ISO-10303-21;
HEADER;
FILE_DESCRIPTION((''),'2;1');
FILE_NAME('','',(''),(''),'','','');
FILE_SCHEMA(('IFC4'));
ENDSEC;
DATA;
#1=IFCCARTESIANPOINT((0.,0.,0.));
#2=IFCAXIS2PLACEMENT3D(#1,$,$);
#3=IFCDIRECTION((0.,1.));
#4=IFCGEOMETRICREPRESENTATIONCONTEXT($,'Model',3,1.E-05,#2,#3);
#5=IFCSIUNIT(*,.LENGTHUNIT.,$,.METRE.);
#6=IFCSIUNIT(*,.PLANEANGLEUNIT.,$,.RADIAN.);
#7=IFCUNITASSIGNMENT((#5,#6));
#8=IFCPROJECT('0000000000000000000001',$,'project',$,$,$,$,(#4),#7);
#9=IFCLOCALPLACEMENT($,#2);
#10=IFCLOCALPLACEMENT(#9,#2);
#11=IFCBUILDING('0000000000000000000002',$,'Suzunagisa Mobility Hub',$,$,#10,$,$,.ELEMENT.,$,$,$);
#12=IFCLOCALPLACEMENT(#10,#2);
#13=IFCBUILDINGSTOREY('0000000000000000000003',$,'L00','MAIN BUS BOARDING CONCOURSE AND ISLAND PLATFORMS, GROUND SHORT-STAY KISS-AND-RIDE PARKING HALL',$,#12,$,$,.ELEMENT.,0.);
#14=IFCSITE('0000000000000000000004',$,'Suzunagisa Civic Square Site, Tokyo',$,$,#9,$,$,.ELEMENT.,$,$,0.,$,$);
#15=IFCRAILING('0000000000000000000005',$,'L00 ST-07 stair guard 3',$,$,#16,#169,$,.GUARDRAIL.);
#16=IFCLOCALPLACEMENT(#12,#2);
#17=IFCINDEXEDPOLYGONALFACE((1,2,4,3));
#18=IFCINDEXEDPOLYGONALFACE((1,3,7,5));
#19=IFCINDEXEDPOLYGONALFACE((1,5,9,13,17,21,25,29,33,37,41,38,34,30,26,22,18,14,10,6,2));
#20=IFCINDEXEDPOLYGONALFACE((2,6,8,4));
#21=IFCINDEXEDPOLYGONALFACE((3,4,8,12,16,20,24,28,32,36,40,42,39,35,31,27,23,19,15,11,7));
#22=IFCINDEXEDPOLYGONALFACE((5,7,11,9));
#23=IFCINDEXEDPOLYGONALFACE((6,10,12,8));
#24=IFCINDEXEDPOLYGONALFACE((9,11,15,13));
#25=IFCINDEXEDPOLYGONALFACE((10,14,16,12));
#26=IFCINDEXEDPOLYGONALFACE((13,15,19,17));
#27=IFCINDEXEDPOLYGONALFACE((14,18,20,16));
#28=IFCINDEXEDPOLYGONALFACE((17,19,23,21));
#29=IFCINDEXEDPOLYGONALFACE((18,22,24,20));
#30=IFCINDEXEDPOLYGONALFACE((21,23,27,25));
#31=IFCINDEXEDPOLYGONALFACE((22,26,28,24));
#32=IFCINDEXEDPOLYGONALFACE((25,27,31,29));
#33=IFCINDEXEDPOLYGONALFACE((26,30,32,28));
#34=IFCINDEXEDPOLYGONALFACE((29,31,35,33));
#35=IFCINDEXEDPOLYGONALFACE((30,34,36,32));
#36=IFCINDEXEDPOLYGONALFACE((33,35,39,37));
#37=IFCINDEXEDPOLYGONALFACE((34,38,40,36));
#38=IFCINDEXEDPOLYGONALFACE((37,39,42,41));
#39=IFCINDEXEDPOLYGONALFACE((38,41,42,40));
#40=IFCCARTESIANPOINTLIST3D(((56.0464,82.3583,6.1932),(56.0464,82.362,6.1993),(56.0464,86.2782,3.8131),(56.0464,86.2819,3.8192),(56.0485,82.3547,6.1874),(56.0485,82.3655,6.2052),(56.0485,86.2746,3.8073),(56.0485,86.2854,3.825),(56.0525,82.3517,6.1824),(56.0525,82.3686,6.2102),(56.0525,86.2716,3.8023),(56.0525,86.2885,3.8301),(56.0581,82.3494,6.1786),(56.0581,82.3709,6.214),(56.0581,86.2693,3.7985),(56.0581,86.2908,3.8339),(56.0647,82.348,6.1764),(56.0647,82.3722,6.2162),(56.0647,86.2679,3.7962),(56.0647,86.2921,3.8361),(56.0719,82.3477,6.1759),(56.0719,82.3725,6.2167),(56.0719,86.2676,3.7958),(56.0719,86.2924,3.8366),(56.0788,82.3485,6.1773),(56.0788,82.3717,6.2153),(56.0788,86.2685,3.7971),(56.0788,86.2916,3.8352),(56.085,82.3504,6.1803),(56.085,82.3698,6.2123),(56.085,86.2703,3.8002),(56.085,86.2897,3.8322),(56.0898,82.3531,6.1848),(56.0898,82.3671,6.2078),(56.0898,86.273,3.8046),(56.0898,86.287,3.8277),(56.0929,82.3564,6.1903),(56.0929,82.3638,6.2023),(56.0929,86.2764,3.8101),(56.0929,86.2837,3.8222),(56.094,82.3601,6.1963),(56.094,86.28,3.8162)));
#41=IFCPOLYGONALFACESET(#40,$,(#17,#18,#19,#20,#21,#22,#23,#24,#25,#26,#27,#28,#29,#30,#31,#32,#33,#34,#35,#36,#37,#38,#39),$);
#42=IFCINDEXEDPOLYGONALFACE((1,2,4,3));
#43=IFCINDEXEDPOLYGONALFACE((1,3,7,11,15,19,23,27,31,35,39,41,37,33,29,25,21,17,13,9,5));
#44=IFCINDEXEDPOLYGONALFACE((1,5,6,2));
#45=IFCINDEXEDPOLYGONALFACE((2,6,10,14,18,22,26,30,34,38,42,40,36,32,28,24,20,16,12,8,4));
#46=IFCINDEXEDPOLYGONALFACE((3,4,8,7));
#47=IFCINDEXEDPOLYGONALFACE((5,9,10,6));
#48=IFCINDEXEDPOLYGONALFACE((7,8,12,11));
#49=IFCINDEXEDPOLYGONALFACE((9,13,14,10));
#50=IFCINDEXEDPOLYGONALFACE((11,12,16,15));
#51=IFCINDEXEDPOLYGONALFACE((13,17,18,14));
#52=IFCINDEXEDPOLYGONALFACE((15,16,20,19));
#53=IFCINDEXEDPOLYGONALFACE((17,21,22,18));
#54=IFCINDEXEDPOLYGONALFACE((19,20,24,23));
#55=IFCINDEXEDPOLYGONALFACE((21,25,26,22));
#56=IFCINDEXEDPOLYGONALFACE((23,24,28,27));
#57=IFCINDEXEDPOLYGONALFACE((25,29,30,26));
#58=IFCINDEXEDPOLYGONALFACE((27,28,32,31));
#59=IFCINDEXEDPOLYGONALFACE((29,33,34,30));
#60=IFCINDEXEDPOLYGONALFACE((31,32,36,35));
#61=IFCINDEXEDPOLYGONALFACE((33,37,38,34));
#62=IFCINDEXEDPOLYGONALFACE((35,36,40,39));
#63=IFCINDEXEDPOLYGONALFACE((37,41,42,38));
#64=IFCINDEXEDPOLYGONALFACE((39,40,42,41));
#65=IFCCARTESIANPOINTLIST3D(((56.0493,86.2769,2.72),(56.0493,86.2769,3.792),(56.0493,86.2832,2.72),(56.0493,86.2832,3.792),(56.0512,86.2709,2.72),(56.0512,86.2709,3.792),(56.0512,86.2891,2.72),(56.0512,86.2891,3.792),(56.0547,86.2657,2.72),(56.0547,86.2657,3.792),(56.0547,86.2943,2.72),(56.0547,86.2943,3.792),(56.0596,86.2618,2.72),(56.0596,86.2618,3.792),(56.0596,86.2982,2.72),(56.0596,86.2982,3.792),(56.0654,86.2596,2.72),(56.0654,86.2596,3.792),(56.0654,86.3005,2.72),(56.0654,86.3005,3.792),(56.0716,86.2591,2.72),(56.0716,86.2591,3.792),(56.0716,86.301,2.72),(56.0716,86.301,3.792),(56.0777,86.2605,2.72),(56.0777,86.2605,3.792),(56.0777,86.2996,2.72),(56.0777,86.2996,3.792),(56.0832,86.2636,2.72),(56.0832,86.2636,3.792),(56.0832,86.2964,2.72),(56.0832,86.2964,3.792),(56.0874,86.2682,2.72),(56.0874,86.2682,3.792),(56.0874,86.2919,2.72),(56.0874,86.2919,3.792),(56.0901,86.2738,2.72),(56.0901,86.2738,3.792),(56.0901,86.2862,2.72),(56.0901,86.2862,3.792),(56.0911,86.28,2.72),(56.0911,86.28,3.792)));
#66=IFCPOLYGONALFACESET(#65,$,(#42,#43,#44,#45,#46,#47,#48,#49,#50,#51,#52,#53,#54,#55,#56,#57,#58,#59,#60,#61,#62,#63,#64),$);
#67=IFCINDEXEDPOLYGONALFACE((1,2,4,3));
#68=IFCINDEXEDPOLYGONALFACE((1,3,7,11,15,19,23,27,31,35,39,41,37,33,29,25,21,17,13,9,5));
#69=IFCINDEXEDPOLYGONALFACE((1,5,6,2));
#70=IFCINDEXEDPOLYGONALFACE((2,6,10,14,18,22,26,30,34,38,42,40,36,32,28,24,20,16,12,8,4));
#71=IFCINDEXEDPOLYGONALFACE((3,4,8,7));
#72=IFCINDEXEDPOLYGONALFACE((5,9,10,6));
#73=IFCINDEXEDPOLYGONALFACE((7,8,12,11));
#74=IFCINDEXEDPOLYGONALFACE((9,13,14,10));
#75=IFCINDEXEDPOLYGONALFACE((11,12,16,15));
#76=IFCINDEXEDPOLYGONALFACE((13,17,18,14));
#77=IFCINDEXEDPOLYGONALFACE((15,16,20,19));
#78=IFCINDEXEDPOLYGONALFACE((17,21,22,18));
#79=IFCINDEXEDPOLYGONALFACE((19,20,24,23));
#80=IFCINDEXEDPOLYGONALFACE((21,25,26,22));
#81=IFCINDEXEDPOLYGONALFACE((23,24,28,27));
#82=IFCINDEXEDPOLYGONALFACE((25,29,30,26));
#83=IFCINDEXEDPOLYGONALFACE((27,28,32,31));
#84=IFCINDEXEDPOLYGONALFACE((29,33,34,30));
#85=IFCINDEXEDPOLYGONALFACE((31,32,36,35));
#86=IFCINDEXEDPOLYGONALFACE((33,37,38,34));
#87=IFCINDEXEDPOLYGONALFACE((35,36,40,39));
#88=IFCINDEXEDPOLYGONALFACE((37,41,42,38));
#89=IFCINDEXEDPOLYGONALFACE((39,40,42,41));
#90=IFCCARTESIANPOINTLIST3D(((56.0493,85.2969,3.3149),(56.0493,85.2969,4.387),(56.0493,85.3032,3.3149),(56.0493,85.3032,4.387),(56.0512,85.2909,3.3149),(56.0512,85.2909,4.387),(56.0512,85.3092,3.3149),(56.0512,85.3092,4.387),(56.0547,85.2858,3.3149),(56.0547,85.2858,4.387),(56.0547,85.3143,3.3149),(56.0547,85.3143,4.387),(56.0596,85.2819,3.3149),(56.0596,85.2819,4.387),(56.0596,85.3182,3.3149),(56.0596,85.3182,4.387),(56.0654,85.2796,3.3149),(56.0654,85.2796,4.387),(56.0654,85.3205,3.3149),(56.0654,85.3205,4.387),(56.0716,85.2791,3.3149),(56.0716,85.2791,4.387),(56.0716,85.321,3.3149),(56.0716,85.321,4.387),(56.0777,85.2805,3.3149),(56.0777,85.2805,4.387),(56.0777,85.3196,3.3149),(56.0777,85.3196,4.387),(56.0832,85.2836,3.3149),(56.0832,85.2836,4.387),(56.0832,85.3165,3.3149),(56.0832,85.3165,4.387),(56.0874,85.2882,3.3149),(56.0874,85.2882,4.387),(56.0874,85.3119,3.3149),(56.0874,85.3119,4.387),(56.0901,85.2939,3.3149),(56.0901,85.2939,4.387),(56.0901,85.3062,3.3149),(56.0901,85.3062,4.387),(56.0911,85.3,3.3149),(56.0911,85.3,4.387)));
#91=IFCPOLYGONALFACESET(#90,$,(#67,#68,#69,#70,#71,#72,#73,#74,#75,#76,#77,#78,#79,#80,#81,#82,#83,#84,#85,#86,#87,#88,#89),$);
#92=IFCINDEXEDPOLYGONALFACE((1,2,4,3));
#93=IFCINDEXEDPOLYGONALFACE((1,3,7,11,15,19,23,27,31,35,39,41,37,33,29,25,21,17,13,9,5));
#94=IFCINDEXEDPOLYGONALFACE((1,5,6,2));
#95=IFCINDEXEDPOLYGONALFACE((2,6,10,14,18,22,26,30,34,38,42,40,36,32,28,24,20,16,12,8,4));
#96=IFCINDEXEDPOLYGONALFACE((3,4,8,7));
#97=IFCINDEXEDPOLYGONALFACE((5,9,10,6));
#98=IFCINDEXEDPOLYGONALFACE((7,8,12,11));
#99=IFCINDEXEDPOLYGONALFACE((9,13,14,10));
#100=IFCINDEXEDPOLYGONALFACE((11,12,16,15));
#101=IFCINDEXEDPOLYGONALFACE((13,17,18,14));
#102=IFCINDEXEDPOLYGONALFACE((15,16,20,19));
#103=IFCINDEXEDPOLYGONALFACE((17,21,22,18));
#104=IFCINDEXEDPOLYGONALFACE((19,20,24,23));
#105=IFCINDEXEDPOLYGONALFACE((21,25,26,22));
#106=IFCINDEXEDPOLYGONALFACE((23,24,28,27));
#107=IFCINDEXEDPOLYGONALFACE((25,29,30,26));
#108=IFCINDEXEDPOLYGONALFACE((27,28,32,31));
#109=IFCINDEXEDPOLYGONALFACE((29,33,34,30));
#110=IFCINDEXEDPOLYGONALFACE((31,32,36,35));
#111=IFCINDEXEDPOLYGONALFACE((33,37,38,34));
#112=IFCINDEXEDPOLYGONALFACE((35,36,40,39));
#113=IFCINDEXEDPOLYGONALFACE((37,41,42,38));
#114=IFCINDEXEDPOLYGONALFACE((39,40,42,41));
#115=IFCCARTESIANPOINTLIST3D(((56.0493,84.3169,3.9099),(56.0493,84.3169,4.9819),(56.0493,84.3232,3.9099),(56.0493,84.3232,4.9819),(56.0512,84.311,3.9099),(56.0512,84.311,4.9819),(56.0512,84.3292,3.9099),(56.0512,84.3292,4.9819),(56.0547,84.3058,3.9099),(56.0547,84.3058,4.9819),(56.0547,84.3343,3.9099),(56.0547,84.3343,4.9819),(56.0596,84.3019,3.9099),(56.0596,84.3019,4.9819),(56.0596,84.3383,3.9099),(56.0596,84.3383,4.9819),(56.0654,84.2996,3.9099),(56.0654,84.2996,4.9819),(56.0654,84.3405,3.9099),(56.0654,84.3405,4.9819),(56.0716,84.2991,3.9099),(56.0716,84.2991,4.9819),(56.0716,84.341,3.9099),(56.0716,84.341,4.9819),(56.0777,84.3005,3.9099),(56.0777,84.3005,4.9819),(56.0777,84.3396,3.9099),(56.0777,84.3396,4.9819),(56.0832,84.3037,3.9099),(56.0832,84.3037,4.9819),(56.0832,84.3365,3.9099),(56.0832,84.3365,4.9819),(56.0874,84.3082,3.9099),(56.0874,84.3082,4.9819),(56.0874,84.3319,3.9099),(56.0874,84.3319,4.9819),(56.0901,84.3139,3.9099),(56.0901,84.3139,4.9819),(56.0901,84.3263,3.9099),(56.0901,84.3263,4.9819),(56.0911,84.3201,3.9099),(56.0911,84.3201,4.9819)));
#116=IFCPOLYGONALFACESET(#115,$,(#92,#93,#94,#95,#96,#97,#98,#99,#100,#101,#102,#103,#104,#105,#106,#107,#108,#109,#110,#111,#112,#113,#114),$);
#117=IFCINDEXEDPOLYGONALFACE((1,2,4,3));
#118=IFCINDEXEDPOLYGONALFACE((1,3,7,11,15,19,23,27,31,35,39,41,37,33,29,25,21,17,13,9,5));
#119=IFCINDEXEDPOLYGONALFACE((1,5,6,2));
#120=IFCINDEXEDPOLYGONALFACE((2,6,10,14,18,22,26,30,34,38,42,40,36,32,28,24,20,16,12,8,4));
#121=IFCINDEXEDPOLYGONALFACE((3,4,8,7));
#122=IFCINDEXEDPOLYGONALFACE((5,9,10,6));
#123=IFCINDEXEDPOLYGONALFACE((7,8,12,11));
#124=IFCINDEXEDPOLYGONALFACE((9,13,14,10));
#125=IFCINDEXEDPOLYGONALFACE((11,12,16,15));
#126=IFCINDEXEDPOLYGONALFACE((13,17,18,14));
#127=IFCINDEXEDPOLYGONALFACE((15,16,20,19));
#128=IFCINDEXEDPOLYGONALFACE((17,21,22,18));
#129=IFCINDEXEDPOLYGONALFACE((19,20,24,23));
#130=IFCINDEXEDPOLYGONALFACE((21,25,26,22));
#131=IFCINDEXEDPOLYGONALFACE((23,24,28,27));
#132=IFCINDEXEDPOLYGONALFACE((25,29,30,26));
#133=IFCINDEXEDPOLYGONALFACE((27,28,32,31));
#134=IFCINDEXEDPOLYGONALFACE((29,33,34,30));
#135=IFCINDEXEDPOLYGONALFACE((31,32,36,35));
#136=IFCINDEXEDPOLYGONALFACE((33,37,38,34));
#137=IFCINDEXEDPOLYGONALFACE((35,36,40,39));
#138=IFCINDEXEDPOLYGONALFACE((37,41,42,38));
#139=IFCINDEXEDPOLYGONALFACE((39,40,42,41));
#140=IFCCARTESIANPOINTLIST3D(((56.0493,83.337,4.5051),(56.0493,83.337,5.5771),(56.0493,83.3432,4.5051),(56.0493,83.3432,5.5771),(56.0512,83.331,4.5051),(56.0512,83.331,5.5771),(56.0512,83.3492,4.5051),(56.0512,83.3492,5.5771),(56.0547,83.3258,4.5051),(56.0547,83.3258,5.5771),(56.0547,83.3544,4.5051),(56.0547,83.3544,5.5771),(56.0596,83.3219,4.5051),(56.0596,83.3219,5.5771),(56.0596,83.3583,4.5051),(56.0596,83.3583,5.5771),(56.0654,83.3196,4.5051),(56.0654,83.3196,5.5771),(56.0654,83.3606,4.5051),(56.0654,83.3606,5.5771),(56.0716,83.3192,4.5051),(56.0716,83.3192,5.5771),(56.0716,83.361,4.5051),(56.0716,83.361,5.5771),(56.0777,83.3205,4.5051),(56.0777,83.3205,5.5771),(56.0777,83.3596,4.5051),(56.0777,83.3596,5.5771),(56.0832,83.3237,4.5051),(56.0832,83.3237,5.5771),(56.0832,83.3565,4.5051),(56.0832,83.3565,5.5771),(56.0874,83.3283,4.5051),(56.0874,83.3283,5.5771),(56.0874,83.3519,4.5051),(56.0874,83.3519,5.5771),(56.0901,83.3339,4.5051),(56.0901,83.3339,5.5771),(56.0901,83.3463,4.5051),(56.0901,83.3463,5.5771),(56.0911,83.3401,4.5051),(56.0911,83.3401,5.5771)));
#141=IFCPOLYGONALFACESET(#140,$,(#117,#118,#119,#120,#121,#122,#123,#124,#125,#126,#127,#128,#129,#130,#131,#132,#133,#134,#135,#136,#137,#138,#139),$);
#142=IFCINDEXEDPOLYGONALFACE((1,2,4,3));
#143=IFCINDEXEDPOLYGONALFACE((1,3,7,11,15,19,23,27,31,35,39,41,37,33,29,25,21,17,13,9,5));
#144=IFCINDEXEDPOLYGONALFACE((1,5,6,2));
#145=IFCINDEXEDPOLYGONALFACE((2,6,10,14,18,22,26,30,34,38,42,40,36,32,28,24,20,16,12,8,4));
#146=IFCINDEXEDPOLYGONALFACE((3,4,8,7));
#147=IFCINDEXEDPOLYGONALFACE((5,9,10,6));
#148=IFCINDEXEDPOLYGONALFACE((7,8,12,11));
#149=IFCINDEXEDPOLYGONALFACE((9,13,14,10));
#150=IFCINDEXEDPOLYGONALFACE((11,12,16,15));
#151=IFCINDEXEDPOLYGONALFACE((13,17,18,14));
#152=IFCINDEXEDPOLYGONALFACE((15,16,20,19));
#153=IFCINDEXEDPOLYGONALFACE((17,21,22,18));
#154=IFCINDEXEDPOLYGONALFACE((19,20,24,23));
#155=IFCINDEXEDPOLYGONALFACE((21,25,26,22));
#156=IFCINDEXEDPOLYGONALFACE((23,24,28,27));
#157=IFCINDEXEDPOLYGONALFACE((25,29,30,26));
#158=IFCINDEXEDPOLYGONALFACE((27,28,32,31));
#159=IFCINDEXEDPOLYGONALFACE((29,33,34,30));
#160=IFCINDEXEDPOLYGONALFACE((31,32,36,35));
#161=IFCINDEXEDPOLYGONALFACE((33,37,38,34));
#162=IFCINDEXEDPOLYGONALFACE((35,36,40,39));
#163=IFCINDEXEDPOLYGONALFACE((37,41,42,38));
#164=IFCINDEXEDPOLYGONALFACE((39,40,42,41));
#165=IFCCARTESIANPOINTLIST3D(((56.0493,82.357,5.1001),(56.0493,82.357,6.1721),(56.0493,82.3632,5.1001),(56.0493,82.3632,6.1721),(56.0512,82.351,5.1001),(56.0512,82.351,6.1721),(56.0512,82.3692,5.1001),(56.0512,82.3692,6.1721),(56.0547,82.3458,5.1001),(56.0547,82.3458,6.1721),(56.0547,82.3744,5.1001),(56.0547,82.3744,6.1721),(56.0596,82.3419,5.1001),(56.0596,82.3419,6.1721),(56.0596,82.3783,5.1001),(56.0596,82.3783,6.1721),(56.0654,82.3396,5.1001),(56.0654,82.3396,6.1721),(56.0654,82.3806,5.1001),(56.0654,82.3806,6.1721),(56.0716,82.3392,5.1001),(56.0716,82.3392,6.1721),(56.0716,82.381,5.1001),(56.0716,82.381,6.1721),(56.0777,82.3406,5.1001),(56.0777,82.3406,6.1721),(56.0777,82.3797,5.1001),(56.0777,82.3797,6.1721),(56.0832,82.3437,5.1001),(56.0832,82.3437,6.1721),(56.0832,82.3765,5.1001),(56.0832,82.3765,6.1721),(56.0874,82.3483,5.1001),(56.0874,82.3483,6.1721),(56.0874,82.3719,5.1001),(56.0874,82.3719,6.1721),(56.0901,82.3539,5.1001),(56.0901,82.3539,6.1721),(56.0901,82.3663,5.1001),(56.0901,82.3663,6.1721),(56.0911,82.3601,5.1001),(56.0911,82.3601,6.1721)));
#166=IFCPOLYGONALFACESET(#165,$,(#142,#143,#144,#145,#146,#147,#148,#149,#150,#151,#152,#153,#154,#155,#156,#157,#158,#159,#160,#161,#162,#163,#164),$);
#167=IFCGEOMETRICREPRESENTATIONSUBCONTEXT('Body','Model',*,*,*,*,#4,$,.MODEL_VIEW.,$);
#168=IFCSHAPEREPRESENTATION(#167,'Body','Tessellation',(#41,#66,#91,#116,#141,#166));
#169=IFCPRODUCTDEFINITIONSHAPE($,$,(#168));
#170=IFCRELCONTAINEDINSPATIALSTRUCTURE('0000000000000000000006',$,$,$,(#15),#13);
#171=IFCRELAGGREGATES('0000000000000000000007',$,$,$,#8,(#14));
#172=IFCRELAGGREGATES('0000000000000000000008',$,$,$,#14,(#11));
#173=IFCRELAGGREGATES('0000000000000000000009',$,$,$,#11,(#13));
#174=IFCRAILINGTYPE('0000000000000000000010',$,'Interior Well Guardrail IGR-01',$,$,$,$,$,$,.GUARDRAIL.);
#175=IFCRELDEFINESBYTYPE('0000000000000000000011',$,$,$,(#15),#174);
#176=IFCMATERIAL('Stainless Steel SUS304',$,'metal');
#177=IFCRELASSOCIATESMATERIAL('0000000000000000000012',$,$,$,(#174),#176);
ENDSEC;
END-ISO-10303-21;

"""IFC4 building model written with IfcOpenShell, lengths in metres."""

from ifc_helpers import new_model, si_unit, direction, frame, origin, origin_2d, place, context, subcontext, project, spatial, circle, extrude, material, type_object, element, save


model = new_model("IFC4")

# Units and contexts
model_context = context("Model", 3, precision=1e-05, world=origin(), true_north=direction((0.0, 1.0)))
body_context = subcontext(model_context, "Body", "Model", "MODEL_VIEW")
ifc_project = project(units=[si_unit("LENGTHUNIT", "METRE"), si_unit("PLANEANGLEUNIT", "RADIAN")], contexts=[model_context])

# Site, building, storey
site_placement = place(None, origin())
site = spatial("IfcSite", under=ifc_project, at=site_placement, Name="Suzunagisa Civic Square Site, Tokyo", CompositionType="ELEMENT", RefElevation=0.0)
building_placement = place(site_placement, origin())
building = spatial("IfcBuilding", under=site, at=building_placement, Name="Suzunagisa Mobility Hub", CompositionType="ELEMENT")
storey_placement = place(building_placement, origin())
storey = spatial("IfcBuildingStorey", under=building, at=storey_placement, Name="L00", Description="MAIN BUS BOARDING CONCOURSE AND ISLAND PLATFORMS, GROUND SHORT-STAY KISS-AND-RIDE PARKING HALL", CompositionType="ELEMENT", Elevation=0.0)

# Railing
ifc_material_1 = material(Name="Stainless Steel SUS304", Category="metal")
railing_type_1 = type_object("IfcRailingType", Name="Interior Well Guardrail IGR-01", PredefinedType="GUARDRAIL", material=ifc_material_1)
railing_1_placement = place(storey_placement, frame((56.0701, 86.28, 2.72)))
element("IfcRailing", 1, at=railing_1_placement, inside=storey, type_object=railing_type_1, Name="L00 ST-07 stair guard 3", PredefinedType="GUARDRAIL", context=body_context, shape_type="SweptSolid", body=[
    extrude(circle(Radius=0.0239, at=origin_2d()), frame((0.0, 0.0, 1.0962), z_axis=(0.0, -0.854771, 0.519006), x_axis=(1.0, 0.0, 0.0)), (0.0, 0.0, 1.0), 4.5859),
    extrude(circle(Radius=0.021, at=origin_2d()), origin(), (0.0, 0.0, 1.0), 1.072),
    extrude(circle(Radius=0.021, at=origin_2d()), frame((0.0, -0.98, 0.595)), (0.0, 0.0, 1.0), 1.072),
    extrude(circle(Radius=0.021, at=origin_2d()), frame((0.0, -1.96, 1.1899)), (0.0, 0.0, 1.0), 1.072),
    extrude(circle(Radius=0.021, at=origin_2d()), frame((0.0, -2.9399, 1.7852)), (0.0, 0.0, 1.0), 1.072),
    extrude(circle(Radius=0.021, at=origin_2d()), frame((0.0, -3.9199, 2.3801)), (0.0, 0.0, 1.0), 1.072),
])

save(model, "model.ifc")
